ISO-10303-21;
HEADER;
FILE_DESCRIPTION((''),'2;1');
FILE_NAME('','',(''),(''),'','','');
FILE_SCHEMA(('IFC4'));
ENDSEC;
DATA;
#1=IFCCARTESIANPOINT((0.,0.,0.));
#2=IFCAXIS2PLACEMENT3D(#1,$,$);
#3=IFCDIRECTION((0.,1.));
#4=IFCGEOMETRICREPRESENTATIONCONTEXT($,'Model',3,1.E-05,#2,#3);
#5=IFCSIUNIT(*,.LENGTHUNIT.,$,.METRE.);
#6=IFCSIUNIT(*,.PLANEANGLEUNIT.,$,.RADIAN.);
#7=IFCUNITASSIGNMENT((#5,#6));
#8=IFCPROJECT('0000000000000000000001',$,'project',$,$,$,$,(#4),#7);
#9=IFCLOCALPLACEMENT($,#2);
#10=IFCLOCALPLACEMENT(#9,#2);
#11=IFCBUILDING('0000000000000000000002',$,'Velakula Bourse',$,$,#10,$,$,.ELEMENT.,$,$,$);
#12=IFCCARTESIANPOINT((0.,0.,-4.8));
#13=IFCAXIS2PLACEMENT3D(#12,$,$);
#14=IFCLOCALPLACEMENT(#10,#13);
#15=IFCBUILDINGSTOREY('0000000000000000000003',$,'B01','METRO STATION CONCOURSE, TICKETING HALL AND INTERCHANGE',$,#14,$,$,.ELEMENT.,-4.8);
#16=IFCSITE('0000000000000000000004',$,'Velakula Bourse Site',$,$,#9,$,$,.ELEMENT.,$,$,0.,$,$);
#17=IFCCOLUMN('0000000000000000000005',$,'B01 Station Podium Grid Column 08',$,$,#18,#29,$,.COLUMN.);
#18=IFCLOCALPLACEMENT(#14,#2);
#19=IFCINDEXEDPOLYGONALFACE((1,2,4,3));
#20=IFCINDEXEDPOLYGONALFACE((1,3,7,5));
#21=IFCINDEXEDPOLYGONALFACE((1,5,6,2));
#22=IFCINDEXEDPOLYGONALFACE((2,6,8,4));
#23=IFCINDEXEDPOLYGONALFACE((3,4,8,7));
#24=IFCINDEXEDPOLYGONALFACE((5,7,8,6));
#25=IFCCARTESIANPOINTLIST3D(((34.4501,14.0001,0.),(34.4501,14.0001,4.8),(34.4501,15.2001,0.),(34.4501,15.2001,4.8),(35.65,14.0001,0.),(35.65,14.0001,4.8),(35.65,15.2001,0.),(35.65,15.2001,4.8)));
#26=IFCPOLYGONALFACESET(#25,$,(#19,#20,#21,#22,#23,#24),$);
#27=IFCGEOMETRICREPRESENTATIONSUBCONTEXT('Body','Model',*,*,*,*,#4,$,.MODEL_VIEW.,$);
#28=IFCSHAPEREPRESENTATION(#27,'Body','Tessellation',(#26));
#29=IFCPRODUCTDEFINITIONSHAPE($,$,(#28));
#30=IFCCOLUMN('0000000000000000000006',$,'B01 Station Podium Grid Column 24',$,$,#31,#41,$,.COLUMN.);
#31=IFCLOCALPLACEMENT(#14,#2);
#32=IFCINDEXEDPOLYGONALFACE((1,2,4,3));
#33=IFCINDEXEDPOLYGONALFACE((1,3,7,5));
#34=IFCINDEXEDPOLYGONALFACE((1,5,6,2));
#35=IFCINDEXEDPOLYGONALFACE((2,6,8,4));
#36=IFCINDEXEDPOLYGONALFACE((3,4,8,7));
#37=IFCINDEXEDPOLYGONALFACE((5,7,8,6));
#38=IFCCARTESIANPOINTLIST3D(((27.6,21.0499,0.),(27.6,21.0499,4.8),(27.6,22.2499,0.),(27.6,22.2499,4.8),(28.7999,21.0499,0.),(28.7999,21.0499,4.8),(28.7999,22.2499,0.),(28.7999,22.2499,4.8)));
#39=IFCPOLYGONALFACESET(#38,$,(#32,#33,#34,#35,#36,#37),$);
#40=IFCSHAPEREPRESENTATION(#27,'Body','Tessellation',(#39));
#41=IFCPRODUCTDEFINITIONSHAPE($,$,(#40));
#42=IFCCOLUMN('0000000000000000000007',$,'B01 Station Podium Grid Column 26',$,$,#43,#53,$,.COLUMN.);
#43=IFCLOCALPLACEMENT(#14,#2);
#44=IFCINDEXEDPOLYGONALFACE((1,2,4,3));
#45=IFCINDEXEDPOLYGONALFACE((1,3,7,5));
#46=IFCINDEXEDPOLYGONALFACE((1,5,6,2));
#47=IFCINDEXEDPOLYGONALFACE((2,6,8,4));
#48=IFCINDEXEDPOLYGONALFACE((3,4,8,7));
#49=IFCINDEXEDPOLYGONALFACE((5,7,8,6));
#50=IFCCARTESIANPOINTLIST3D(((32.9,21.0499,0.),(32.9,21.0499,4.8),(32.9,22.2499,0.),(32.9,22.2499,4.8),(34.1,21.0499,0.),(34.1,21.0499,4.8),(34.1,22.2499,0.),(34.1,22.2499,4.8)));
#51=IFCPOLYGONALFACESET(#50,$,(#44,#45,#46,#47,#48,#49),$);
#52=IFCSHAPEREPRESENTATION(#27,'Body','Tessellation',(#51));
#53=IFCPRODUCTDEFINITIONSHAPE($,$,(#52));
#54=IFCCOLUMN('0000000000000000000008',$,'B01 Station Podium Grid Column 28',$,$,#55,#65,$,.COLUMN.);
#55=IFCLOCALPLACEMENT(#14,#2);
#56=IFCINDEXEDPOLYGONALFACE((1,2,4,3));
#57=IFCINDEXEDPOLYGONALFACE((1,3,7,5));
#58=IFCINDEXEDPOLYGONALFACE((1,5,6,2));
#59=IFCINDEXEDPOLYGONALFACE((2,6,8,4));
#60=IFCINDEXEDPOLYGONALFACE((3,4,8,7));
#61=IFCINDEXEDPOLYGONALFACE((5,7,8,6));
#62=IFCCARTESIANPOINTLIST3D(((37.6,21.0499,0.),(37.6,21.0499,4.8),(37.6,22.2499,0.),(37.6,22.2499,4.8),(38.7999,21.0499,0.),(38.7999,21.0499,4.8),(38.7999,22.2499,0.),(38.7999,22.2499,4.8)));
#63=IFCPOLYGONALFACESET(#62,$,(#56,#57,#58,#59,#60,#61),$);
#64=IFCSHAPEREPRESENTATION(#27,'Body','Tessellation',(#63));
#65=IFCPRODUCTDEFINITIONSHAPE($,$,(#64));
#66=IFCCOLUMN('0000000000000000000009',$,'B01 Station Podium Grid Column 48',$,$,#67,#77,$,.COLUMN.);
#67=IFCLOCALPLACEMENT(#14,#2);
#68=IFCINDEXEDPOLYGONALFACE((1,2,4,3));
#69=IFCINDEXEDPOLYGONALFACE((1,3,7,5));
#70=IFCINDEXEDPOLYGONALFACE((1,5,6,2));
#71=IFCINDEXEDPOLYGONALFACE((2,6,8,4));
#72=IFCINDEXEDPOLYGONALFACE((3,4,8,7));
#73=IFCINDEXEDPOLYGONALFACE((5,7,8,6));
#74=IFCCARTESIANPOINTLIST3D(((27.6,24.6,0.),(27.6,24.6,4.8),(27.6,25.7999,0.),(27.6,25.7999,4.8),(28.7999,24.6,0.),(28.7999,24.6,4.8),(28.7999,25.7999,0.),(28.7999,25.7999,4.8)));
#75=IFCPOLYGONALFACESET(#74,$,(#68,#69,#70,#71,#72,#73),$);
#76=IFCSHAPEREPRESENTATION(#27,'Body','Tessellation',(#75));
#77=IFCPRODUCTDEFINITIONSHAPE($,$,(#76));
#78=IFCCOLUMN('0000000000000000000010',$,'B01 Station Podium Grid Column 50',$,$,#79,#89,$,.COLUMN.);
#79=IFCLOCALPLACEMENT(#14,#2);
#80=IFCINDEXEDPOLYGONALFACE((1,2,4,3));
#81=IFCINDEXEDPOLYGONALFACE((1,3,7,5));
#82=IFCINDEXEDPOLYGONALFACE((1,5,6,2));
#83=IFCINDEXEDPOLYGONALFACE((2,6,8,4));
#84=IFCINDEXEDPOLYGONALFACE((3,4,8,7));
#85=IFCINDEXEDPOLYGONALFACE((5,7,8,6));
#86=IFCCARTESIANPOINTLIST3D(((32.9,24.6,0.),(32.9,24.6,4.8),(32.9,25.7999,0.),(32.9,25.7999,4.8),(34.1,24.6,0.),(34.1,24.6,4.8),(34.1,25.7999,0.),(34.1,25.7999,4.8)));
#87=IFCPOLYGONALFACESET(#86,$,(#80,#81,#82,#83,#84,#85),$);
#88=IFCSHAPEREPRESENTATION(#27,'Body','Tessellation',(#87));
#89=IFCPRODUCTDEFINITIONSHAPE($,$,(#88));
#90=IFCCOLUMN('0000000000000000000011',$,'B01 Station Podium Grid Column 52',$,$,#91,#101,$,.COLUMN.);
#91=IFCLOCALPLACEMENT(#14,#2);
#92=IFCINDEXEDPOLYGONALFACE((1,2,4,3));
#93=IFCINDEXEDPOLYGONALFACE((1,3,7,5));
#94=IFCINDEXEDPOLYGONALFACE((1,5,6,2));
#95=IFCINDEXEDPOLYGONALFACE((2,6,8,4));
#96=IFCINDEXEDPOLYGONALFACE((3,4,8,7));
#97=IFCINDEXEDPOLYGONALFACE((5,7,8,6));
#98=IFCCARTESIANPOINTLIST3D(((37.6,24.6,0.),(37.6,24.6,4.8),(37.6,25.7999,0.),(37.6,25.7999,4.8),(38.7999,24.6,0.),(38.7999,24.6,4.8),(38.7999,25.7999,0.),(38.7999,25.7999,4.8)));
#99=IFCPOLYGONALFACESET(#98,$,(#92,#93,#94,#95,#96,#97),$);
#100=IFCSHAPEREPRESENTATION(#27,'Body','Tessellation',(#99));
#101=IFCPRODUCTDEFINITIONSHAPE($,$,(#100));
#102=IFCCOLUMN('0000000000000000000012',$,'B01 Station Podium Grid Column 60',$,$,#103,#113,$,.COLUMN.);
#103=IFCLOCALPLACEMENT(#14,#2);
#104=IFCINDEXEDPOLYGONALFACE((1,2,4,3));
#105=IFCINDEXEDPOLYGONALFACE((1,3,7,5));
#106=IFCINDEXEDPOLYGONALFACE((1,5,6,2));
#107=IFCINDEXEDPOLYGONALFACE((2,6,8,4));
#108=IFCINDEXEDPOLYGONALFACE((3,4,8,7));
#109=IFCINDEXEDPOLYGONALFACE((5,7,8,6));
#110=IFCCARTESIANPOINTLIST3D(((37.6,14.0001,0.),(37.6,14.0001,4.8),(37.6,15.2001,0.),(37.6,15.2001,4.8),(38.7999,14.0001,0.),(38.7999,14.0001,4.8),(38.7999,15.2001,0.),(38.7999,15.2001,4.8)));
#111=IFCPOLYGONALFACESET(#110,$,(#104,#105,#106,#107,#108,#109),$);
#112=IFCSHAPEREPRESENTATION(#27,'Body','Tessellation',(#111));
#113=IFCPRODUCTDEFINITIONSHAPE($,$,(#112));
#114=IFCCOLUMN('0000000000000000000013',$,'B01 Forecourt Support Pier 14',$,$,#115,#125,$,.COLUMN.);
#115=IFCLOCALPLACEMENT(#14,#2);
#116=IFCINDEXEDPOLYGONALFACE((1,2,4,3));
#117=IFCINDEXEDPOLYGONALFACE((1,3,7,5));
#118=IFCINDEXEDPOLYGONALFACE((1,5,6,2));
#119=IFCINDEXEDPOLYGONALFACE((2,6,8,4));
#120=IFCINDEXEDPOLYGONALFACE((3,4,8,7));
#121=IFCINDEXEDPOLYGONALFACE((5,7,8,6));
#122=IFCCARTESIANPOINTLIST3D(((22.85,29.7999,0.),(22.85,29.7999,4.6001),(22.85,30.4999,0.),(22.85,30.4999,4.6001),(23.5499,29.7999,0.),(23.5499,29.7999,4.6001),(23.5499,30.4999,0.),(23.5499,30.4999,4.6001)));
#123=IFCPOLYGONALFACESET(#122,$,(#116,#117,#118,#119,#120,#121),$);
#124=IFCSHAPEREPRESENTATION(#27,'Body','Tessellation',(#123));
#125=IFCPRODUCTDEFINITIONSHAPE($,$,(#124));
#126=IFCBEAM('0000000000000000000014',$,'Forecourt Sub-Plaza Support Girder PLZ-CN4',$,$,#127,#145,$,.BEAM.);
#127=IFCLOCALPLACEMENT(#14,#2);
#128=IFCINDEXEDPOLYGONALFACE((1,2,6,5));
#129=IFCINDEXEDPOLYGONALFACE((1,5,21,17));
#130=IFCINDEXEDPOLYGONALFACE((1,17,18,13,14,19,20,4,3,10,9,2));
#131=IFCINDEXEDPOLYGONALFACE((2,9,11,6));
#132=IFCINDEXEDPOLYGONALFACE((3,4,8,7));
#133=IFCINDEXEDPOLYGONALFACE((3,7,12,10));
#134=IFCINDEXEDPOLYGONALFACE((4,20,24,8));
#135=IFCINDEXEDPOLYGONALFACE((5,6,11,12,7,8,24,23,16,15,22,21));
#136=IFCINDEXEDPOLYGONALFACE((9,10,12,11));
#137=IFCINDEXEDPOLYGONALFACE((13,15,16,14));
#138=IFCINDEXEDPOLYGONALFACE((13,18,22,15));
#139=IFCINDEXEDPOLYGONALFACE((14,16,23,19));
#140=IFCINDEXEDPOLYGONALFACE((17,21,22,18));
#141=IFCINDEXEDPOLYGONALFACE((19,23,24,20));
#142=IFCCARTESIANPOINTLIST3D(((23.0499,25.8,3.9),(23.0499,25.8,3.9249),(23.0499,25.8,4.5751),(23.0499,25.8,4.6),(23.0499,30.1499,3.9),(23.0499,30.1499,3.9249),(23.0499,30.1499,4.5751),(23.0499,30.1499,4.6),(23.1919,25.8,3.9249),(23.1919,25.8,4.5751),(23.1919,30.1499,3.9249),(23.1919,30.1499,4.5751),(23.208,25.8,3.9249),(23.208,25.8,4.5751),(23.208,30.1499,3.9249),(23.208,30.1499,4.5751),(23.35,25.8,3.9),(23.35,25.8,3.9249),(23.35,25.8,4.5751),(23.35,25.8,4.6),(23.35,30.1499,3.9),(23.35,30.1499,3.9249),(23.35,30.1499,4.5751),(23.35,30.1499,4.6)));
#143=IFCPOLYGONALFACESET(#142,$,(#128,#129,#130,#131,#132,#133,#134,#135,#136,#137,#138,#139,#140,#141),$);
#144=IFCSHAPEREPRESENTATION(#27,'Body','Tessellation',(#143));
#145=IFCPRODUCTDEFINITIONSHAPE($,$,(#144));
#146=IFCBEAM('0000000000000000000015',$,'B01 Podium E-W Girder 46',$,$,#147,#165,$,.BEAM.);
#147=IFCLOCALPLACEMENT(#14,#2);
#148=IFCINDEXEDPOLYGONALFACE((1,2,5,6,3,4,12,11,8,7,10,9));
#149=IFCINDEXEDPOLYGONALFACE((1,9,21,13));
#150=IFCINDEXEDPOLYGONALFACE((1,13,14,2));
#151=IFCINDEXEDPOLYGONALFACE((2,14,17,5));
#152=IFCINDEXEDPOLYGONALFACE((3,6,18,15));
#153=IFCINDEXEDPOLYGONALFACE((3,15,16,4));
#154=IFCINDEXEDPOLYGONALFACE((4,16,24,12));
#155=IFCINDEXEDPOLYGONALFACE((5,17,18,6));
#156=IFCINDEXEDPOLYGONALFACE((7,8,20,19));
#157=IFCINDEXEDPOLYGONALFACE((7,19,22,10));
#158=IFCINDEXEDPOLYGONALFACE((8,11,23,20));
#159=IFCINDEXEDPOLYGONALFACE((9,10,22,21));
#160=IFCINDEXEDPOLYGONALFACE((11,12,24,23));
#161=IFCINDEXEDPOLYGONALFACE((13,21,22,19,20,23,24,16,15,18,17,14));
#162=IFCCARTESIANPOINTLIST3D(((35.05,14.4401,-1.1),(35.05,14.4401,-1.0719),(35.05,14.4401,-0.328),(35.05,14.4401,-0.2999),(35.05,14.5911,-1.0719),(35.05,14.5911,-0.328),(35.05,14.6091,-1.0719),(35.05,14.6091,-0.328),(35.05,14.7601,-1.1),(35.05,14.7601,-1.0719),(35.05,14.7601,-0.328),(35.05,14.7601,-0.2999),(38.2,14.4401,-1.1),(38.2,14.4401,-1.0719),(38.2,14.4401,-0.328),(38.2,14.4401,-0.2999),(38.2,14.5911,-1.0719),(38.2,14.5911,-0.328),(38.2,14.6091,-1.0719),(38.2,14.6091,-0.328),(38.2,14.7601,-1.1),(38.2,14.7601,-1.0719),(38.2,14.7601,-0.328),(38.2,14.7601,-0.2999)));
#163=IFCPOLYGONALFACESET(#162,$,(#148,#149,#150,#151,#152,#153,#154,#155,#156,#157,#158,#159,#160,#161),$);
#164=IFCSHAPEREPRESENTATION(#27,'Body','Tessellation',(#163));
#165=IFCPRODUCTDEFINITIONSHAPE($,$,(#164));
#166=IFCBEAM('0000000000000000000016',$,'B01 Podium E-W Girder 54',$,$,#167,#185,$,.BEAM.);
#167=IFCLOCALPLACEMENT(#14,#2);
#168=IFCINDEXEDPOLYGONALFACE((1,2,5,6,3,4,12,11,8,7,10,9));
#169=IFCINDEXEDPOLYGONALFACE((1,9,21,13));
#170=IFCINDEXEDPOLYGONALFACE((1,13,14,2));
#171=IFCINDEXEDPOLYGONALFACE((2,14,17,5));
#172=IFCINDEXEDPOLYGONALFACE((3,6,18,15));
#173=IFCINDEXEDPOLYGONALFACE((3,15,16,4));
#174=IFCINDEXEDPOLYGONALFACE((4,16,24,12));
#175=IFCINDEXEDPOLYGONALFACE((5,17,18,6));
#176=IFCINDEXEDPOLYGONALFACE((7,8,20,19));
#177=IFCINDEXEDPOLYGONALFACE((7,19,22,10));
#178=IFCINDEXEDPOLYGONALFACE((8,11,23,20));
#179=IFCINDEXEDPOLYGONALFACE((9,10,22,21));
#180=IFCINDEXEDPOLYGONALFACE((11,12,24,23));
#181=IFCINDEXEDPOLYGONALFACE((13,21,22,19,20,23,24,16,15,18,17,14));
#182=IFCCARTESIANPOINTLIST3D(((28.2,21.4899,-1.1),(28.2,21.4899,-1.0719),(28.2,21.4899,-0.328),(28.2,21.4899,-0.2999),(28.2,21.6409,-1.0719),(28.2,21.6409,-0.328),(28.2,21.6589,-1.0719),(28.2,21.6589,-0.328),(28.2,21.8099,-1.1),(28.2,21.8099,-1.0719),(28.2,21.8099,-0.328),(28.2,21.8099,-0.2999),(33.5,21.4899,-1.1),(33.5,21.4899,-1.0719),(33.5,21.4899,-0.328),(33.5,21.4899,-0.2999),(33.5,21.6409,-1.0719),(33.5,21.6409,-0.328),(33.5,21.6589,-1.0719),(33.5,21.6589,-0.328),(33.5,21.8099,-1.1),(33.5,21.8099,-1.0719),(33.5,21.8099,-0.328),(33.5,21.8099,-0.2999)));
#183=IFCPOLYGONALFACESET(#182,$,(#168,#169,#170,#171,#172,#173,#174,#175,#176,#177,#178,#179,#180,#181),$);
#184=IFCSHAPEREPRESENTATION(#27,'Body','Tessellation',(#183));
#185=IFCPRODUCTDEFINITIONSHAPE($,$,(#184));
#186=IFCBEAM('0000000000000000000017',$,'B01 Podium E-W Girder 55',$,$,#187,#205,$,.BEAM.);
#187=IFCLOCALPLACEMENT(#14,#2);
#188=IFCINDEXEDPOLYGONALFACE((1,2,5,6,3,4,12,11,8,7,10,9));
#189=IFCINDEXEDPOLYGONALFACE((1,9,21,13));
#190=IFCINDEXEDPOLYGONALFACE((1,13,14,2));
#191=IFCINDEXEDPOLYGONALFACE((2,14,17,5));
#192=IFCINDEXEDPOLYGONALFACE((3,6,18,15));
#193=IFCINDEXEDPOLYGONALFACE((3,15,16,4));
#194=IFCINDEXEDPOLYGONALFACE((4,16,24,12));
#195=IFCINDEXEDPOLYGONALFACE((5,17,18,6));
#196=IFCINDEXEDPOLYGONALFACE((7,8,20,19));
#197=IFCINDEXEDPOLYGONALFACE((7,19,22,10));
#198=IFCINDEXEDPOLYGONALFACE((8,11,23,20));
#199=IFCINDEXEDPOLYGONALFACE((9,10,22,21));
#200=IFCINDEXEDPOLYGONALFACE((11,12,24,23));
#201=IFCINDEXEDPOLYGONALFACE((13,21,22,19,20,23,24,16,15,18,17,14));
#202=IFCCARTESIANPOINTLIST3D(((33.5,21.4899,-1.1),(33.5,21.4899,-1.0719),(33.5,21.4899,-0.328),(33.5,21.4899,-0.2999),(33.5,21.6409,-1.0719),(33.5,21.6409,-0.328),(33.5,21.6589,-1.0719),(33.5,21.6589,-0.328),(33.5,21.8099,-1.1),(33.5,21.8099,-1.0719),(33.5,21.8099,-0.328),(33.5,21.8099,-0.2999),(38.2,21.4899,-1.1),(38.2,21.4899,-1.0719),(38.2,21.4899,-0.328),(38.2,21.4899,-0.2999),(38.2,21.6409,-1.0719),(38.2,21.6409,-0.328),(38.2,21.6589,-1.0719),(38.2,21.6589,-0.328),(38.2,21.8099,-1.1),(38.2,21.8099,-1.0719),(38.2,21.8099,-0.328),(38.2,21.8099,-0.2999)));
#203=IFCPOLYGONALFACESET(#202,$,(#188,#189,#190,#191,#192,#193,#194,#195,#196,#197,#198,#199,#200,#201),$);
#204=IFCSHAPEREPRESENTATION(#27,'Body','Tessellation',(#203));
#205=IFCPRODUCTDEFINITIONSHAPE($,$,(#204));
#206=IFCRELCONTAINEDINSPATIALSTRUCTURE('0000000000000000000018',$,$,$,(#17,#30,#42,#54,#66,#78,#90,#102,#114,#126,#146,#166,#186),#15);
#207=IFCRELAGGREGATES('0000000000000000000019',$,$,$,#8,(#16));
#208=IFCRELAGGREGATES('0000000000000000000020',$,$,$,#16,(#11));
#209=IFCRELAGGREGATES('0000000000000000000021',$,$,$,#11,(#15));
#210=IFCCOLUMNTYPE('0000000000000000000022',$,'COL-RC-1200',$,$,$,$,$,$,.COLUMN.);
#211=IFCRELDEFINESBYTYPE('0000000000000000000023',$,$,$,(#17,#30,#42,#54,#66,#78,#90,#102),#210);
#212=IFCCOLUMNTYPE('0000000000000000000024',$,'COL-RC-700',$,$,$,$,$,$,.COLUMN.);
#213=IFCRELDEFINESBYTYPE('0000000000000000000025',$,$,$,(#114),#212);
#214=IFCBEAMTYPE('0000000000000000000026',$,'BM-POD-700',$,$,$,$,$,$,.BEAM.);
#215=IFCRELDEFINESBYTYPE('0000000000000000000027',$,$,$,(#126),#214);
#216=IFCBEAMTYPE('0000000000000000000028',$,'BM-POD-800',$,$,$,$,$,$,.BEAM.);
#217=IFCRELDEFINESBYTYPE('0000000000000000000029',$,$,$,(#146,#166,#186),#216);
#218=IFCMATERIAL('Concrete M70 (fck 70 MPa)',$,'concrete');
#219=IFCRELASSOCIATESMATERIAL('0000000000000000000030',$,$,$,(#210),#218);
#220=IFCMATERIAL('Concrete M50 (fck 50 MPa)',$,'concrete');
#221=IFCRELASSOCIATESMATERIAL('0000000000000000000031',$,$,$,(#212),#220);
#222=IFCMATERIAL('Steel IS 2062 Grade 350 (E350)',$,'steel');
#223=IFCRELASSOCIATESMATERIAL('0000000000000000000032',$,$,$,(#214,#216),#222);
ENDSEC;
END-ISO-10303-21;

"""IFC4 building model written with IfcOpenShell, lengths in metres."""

from ifc_helpers import new_model, si_unit, direction, frame, origin, origin_2d, place, context, subcontext, project, spatial, rectangle, i_section, extrude, material, material_profile, profile_set, type_object, element, save


model = new_model("IFC4")

# Units and contexts
model_context = context("Model", 3, precision=1e-05, world=origin(), true_north=direction((0.0, 1.0)))
body_context = subcontext(model_context, "Body", "Model", "MODEL_VIEW")
ifc_project = project(units=[si_unit("LENGTHUNIT", "METRE"), si_unit("PLANEANGLEUNIT", "RADIAN")], contexts=[model_context])

# Site, building, storey
site_placement = place(None, origin())
site = spatial("IfcSite", under=ifc_project, at=site_placement, Name="Velakula Bourse Site", CompositionType="ELEMENT", RefElevation=0.0)
building_placement = place(site_placement, origin())
building = spatial("IfcBuilding", under=site, at=building_placement, Name="Velakula Bourse", CompositionType="ELEMENT")
storey_placement = place(building_placement, frame((0.0, 0.0, -4.8)))
storey = spatial("IfcBuildingStorey", under=building, at=storey_placement, Name="B01", Description="METRO STATION CONCOURSE, TICKETING HALL AND INTERCHANGE", CompositionType="ELEMENT", Elevation=-4.8)

# Columns
ifc_material_1 = material(Name="Concrete M70 (fck 70 MPa)", Category="concrete")
ifc_material_profile_1 = material_profile(ifc_material_1, rectangle(XDim=1.2, YDim=1.2, at=origin_2d()), Name="Concrete M70 (fck 70 MPa)")
ifc_profile_set_1 = profile_set([ifc_material_profile_1], Name="Concrete M70 (fck 70 MPa)")
column_type_1 = type_object("IfcColumnType", Name="COL-RC-1200", PredefinedType="COLUMN", material=ifc_profile_set_1)
for number, where, z_axis, x_axis, name in (
    (1, (35.05, 14.6001, 0.0), (0.0, 0.0, 1.0), (1.0, 0.0, 0.0), "B01 Station Podium Grid Column 08"),
    (2, (28.2, 21.6499, 0.0), (0.0, 0.0, 1.0), (1.0, 0.0, 0.0), "B01 Station Podium Grid Column 24"),
    (3, (33.5, 21.6499, 0.0), (0.0, 0.0, 1.0), (1.0, 0.0, 0.0), "B01 Station Podium Grid Column 26"),
    (4, (38.2, 21.6499, 0.0), (0.0, 0.0, 1.0), (1.0, 0.0, 0.0), "B01 Station Podium Grid Column 28"),
    (5, (28.2, 25.2, 0.0), (0.0, 0.0, 1.0), (1.0, 0.0, 0.0), "B01 Station Podium Grid Column 48"),
    (6, (33.5, 25.2, 0.0), (0.0, 0.0, 1.0), (1.0, 0.0, 0.0), "B01 Station Podium Grid Column 50"),
    (7, (38.2, 25.2, 0.0), (0.0, 0.0, 1.0), (1.0, 0.0, 0.0), "B01 Station Podium Grid Column 52"),
    (8, (38.2, 14.6001, 0.0), (0.0, 0.0, 1.0), (1.0, 0.0, 0.0), "B01 Station Podium Grid Column 60"),
):
    element("IfcColumn", number, at=place(storey_placement, frame(where, z_axis=z_axis, x_axis=x_axis)), inside=storey, type_object=column_type_1, Name=name, PredefinedType="COLUMN", context=body_context, shape_type="SweptSolid", body=[
        extrude(rectangle(XDim=1.2, YDim=1.2, at=origin_2d()), origin(), (0.0, 0.0, 1.0), 4.8),
    ])
ifc_material_2 = material(Name="Concrete M50 (fck 50 MPa)", Category="concrete")
ifc_material_profile_2 = material_profile(ifc_material_2, rectangle(XDim=0.7, YDim=0.7, at=origin_2d()), Name="Concrete M50 (fck 50 MPa)")
ifc_profile_set_2 = profile_set([ifc_material_profile_2], Name="Concrete M50 (fck 50 MPa)")
column_type_2 = type_object("IfcColumnType", Name="COL-RC-700", PredefinedType="COLUMN", material=ifc_profile_set_2)
column_placement = place(storey_placement, frame((23.2, 30.1499, 0.0), z_axis=(0.0, 0.0, 1.0), x_axis=(1.0, 0.0, 0.0)))
element("IfcColumn", 9, at=column_placement, inside=storey, type_object=column_type_2, Name="B01 Forecourt Support Pier 14", PredefinedType="COLUMN", context=body_context, shape_type="SweptSolid", body=[
    extrude(rectangle(XDim=0.7, YDim=0.7, at=origin_2d()), origin(), (0.0, 0.0, 1.0), 4.6001),
])

# Beams
ifc_material_3 = material(Name="Steel IS 2062 Grade 350 (E350)", Category="steel")
ifc_material_profile_3 = material_profile(ifc_material_3, i_section(OverallWidth=0.3, OverallDepth=0.7, WebThickness=0.0161, FlangeThickness=0.0249, at=origin_2d()), Name="Steel IS 2062 Grade 350 (E350)")
ifc_profile_set_3 = profile_set([ifc_material_profile_3], Name="Steel IS 2062 Grade 350 (E350)")
beam_type_1 = type_object("IfcBeamType", Name="BM-POD-700", PredefinedType="BEAM", material=ifc_profile_set_3)
beam_1_placement = place(storey_placement, frame((23.2, 25.8, 4.25), z_axis=(0.0, 1.0, 0.0), x_axis=(-1.0, 0.0, 0.0)))
element("IfcBeam", 10, at=beam_1_placement, inside=storey, type_object=beam_type_1, Name="Forecourt Sub-Plaza Support Girder PLZ-CN4", PredefinedType="BEAM", context=body_context, shape_type="SweptSolid", body=[
    extrude(i_section(OverallWidth=0.3, OverallDepth=0.7, WebThickness=0.0161, FlangeThickness=0.0249, at=origin_2d()), origin(), (0.0, 0.0, 1.0), 4.3499),
])
ifc_material_profile_4 = material_profile(ifc_material_3, i_section(OverallWidth=0.3201, OverallDepth=0.8, WebThickness=0.0181, FlangeThickness=0.0281, at=origin_2d()), Name="Steel IS 2062 Grade 350 (E350)")
ifc_profile_set_4 = profile_set([ifc_material_profile_4], Name="Steel IS 2062 Grade 350 (E350)")
beam_type_2 = type_object("IfcBeamType", Name="BM-POD-800", PredefinedType="BEAM", material=ifc_profile_set_4)
beam_2_placement = place(storey_placement, frame((35.05, 14.6001, -0.7), z_axis=(1.0, 0.0, 0.0), x_axis=(0.0, 1.0, 0.0)))
element("IfcBeam", 11, at=beam_2_placement, inside=storey, type_object=beam_type_2, Name="B01 Podium E-W Girder 46", PredefinedType="BEAM", context=body_context, shape_type="SweptSolid", body=[
    extrude(i_section(OverallWidth=0.3201, OverallDepth=0.8, WebThickness=0.0181, FlangeThickness=0.0281, at=origin_2d()), origin(), (0.0, 0.0, 1.0), 3.1499),
])
beam_3_placement = place(storey_placement, frame((28.2, 21.6499, -0.7), z_axis=(1.0, 0.0, 0.0), x_axis=(0.0, 1.0, 0.0)))
element("IfcBeam", 12, at=beam_3_placement, inside=storey, type_object=beam_type_2, Name="B01 Podium E-W Girder 54", PredefinedType="BEAM", context=body_context, shape_type="SweptSolid", body=[
    extrude(i_section(OverallWidth=0.3201, OverallDepth=0.8, WebThickness=0.0181, FlangeThickness=0.0281, at=origin_2d()), origin(), (0.0, 0.0, 1.0), 5.3),
])
beam_4_placement = place(storey_placement, frame((33.5, 21.6499, -0.7), z_axis=(1.0, 0.0, 0.0), x_axis=(0.0, 1.0, 0.0)))
element("IfcBeam", 13, at=beam_4_placement, inside=storey, type_object=beam_type_2, Name="B01 Podium E-W Girder 55", PredefinedType="BEAM", context=body_context, shape_type="SweptSolid", body=[
    extrude(i_section(OverallWidth=0.3201, OverallDepth=0.8, WebThickness=0.0181, FlangeThickness=0.0281, at=origin_2d()), origin(), (0.0, 0.0, 1.0), 4.7),
])

save(model, "model.ifc")
